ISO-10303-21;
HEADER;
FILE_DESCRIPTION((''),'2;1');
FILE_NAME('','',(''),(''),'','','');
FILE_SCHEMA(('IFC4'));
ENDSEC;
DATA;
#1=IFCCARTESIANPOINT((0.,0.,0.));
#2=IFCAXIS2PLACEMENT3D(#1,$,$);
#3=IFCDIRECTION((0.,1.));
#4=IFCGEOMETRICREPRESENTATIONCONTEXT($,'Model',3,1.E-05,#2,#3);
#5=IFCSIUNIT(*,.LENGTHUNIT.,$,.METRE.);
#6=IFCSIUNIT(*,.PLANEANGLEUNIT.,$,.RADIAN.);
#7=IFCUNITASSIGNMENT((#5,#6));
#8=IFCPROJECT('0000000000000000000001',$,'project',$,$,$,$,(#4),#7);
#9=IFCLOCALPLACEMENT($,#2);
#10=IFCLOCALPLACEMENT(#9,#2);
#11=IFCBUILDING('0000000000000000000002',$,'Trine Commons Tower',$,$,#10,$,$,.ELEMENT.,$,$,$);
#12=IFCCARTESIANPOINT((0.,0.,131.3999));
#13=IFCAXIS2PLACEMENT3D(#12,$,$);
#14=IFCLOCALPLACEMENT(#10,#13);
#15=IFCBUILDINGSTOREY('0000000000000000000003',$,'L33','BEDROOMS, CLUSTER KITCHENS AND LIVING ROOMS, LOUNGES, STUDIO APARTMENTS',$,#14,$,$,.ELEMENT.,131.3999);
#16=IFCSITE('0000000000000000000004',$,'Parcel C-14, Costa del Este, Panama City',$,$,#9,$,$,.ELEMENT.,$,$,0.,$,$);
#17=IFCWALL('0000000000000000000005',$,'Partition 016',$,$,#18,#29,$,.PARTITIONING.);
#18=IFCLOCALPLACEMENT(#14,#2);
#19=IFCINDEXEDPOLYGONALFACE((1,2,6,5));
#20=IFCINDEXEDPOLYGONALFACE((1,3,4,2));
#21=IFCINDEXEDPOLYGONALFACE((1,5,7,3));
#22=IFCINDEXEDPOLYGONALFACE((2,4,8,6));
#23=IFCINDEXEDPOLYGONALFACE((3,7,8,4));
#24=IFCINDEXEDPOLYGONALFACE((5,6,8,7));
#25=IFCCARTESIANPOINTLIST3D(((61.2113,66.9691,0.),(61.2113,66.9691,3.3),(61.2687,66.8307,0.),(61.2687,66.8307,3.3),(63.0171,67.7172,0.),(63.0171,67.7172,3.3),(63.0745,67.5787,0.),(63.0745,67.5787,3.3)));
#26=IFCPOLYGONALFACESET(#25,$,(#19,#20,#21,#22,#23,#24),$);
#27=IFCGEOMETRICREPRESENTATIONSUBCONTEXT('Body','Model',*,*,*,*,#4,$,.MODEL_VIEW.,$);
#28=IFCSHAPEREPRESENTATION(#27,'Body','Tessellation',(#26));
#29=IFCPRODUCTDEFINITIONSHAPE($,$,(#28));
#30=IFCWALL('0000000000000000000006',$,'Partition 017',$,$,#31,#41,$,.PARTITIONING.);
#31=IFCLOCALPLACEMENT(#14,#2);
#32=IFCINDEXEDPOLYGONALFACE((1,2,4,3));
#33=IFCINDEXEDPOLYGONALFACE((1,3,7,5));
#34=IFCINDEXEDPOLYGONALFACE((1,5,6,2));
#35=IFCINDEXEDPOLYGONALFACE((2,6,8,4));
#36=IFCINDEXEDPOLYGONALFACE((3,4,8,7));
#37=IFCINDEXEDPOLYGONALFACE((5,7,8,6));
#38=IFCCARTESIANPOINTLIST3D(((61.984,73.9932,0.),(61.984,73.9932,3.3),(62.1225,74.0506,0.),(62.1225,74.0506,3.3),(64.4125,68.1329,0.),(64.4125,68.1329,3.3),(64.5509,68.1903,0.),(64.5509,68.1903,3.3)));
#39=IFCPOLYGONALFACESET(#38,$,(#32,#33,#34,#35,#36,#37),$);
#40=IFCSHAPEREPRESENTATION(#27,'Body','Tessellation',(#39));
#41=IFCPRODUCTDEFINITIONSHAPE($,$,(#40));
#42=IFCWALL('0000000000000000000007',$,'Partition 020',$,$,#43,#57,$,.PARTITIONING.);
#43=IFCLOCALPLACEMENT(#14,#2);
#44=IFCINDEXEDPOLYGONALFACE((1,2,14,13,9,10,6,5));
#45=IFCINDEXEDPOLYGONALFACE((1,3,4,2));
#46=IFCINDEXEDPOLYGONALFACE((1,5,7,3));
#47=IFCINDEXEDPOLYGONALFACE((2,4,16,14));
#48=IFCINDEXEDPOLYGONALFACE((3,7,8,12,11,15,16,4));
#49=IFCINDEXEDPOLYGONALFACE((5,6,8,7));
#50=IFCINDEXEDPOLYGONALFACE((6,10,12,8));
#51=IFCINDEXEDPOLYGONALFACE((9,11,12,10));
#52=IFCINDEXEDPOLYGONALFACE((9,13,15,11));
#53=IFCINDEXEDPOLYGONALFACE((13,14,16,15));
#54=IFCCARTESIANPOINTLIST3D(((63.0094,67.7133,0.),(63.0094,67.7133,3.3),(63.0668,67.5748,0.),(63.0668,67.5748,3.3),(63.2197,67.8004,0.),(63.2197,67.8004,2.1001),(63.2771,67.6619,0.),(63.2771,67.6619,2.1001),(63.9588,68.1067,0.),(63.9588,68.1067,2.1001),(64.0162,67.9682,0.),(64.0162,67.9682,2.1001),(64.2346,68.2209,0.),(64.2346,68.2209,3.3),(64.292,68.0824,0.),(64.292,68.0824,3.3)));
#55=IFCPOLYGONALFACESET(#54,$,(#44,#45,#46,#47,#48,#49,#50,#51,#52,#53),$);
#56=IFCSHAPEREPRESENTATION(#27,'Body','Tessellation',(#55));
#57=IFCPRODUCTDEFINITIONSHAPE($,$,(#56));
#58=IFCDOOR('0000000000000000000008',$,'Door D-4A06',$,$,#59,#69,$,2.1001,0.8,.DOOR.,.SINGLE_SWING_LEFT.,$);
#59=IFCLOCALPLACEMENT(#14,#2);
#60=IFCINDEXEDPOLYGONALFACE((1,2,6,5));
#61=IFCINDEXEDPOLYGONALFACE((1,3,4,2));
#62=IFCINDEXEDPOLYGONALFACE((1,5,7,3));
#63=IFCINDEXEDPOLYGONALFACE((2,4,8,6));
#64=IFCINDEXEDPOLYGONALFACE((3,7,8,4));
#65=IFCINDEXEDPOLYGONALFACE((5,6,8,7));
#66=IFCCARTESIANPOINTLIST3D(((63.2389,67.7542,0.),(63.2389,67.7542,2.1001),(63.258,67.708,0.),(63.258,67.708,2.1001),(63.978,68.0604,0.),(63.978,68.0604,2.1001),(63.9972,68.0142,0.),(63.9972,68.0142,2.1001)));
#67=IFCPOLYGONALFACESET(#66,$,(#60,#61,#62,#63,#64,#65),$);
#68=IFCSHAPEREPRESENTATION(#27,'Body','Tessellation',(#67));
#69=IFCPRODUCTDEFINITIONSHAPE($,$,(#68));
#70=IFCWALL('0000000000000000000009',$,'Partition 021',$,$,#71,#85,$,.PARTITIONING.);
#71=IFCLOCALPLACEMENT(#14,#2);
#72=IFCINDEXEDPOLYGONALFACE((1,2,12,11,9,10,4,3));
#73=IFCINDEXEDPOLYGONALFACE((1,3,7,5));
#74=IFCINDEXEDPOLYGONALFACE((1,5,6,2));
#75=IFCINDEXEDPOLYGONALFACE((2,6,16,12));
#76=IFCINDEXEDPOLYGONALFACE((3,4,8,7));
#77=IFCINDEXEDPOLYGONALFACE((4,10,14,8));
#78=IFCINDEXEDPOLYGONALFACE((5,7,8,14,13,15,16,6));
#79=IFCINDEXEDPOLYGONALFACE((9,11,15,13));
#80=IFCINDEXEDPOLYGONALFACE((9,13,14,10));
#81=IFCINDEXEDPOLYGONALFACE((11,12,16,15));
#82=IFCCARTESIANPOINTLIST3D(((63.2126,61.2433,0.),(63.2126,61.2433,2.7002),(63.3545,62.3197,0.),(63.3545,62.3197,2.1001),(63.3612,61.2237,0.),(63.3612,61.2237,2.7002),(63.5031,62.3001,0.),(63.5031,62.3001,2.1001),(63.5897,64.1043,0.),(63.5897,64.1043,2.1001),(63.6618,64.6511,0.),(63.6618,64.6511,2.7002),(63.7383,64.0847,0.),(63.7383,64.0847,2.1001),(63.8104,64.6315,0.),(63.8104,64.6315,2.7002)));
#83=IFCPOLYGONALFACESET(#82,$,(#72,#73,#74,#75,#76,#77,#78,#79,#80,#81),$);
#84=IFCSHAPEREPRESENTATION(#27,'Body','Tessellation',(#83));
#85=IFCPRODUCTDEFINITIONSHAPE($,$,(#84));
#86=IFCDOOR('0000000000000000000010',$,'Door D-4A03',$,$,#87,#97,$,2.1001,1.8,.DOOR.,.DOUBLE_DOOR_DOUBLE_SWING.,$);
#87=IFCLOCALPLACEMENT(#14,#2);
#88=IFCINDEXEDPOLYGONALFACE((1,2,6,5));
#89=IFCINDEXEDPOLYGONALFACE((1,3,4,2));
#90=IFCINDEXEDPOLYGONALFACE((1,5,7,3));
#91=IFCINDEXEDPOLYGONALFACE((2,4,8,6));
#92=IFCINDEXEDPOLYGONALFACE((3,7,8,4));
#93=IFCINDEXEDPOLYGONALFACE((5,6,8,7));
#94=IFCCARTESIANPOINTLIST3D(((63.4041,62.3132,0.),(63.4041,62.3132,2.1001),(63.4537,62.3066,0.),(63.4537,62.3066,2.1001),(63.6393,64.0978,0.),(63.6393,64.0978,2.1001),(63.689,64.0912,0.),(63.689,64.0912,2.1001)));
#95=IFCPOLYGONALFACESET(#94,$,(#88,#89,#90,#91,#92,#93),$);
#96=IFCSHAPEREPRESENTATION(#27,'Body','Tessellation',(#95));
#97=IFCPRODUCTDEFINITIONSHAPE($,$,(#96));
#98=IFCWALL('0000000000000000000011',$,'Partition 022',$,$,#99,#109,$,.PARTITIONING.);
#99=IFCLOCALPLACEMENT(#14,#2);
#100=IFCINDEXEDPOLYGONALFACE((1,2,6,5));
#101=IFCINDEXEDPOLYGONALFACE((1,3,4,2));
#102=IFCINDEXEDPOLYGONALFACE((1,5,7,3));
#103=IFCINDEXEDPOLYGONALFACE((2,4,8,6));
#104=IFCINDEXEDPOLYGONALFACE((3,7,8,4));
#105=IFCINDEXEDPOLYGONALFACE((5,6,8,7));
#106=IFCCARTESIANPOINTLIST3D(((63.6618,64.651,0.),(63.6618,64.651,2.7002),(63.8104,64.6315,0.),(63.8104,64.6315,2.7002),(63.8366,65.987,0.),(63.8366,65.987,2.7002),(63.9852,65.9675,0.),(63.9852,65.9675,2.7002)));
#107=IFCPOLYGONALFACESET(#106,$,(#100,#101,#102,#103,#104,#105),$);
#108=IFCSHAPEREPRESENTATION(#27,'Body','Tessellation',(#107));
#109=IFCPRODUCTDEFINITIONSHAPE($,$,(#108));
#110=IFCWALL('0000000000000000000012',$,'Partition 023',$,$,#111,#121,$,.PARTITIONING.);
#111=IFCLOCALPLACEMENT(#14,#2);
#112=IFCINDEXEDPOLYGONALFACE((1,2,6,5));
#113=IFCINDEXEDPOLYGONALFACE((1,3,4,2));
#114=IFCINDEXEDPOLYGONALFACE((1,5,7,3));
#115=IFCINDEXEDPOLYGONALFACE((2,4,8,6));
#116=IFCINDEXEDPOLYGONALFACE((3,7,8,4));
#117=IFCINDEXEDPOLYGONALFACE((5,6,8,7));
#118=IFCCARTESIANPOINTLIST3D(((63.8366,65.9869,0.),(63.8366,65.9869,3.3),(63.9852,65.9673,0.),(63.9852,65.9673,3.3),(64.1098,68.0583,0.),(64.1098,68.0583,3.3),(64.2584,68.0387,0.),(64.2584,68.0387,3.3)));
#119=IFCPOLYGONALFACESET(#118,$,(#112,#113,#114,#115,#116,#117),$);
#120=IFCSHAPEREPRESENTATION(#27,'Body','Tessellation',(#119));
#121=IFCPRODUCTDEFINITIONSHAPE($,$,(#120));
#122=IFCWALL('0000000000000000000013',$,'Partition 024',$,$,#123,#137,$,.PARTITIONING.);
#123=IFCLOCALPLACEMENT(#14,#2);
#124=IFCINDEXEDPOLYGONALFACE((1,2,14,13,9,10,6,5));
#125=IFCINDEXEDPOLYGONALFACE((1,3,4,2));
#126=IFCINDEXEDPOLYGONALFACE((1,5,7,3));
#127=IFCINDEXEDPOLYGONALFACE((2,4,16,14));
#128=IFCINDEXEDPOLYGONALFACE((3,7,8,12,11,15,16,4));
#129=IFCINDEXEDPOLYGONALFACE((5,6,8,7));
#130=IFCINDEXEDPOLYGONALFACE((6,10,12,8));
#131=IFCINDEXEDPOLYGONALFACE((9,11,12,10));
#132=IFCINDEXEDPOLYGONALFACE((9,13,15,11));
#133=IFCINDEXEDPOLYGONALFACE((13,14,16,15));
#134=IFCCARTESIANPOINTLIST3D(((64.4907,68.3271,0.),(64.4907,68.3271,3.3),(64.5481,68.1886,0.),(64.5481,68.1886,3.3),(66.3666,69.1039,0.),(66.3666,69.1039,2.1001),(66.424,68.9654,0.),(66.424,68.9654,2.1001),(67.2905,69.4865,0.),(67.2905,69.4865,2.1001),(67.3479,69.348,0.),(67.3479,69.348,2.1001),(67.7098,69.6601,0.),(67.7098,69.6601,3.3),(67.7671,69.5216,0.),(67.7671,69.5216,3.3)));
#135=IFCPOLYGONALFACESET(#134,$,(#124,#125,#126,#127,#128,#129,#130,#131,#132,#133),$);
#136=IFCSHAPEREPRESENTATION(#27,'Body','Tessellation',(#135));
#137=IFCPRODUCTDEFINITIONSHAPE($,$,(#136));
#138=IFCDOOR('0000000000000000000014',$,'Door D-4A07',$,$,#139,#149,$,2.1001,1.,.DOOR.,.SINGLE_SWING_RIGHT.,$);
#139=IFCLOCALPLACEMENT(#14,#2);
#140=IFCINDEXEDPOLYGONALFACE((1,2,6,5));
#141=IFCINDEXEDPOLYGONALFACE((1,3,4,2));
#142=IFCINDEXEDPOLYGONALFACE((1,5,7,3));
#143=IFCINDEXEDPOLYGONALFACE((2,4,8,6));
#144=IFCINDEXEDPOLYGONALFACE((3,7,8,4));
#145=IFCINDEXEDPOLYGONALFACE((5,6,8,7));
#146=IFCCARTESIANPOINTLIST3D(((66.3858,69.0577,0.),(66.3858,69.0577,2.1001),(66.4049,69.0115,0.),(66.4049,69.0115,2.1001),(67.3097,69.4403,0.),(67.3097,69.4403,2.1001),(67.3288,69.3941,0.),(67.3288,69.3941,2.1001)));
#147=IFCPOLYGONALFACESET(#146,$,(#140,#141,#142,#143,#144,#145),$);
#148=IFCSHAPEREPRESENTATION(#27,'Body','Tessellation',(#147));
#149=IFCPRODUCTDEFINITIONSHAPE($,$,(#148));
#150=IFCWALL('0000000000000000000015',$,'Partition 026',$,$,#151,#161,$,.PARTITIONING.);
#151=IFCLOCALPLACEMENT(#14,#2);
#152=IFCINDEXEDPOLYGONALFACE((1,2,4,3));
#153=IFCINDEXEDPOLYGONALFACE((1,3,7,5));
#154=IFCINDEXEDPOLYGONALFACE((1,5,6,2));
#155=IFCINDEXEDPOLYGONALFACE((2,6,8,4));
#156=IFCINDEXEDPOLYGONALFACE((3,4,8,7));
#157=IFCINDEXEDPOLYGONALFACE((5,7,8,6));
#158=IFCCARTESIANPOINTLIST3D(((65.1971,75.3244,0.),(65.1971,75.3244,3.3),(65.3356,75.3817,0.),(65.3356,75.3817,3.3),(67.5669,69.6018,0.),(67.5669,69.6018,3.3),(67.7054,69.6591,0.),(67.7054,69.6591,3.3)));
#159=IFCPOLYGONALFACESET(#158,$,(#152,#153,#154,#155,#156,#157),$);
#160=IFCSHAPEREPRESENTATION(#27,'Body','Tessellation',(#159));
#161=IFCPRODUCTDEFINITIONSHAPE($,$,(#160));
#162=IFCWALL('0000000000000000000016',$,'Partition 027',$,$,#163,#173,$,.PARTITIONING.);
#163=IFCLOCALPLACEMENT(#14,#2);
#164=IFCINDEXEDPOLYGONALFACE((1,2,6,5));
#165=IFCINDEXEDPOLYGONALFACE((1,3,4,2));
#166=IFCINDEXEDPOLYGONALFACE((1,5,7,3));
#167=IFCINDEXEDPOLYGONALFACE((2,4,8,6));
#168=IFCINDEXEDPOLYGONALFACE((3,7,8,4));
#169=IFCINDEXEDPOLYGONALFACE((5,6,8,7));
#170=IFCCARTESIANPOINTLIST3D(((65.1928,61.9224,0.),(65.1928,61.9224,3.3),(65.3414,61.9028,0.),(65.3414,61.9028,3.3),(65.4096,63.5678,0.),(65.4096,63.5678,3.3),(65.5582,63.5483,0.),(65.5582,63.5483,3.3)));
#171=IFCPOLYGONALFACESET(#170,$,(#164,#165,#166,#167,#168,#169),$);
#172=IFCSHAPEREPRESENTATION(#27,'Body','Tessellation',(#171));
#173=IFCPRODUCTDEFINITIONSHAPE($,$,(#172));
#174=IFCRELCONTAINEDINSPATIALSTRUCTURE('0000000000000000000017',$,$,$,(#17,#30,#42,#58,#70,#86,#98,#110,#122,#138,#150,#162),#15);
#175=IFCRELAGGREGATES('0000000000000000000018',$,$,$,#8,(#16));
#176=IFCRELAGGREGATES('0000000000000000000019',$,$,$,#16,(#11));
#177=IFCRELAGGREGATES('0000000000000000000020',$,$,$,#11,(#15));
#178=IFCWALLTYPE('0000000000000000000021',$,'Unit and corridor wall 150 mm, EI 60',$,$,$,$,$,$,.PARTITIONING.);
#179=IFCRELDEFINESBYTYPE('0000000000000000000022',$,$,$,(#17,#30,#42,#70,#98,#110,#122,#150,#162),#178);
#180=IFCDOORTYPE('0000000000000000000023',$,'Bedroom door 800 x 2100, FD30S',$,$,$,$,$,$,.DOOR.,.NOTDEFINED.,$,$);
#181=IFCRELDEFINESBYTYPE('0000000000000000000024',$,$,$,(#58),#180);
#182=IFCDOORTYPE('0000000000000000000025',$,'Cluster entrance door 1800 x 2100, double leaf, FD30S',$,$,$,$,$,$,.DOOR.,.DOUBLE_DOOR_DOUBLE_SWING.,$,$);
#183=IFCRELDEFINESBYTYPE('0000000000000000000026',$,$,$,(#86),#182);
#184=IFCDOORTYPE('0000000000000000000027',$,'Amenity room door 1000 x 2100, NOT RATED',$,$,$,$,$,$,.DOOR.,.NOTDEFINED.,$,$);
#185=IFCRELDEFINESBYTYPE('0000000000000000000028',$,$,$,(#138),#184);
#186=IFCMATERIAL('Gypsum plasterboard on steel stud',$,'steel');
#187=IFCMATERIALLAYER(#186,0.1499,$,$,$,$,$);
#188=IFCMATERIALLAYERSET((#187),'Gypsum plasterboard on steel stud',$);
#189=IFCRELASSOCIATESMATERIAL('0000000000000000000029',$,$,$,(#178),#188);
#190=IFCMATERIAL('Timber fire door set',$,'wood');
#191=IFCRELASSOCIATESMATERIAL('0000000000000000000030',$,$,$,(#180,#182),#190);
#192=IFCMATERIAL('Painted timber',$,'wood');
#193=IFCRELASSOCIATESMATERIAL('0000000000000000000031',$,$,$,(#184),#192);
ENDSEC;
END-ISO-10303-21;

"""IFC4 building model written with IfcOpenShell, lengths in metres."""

from ifc_helpers import new_model, si_unit, direction, frame, frame_2d, origin, place, context, subcontext, project, spatial, rectangle, extrude, material, layer, layer_set, type_object, element, fill, save


model = new_model("IFC4")

# Units and contexts
model_context = context("Model", 3, precision=1e-05, world=origin(), true_north=direction((0.0, 1.0)))
body_context = subcontext(model_context, "Body", "Model", "MODEL_VIEW")
ifc_project = project(units=[si_unit("LENGTHUNIT", "METRE"), si_unit("PLANEANGLEUNIT", "RADIAN")], contexts=[model_context])

# Site, building, storey
site_placement = place(None, origin())
site = spatial("IfcSite", under=ifc_project, at=site_placement, Name="Parcel C-14, Costa del Este, Panama City", CompositionType="ELEMENT", RefElevation=0.0)
building_placement = place(site_placement, origin())
building = spatial("IfcBuilding", under=site, at=building_placement, Name="Trine Commons Tower", CompositionType="ELEMENT")
storey_placement = place(building_placement, frame((0.0, 0.0, 131.3999)))
storey = spatial("IfcBuildingStorey", under=building, at=storey_placement, Name="L33", Description="BEDROOMS, CLUSTER KITCHENS AND LIVING ROOMS, LOUNGES, STUDIO APARTMENTS", CompositionType="ELEMENT", Elevation=131.3999)

# Shared definitions
ifc_material_1 = material(Name="Gypsum plasterboard on steel stud", Category="steel")
ifc_layer_1 = layer(ifc_material_1, 0.1499)
ifc_layer_set_1 = layer_set([ifc_layer_1], Name="Gypsum plasterboard on steel stud")
wall_type_1 = type_object("IfcWallType", Name="Unit and corridor wall 150 mm, EI 60", PredefinedType="PARTITIONING", material=ifc_layer_set_1)
ifc_material_2 = material(Name="Timber fire door set", Category="wood")

# Walls
wall_1_placement = place(storey_placement, frame((61.24, 66.8999, 0.0), z_axis=(0.0, 0.0, 1.0), x_axis=(0.923877, 0.38269, 0.0)))
element("IfcWall", 1, at=wall_1_placement, inside=storey, type_object=wall_type_1, Name="Partition 016", PredefinedType="PARTITIONING", context=body_context, shape_type="SweptSolid", body=[
    extrude(rectangle(XDim=1.9546, YDim=0.1499, at=frame_2d((0.9773, 0.0))), origin(), (0.0, 0.0, 1.0), 3.3),
])
wall_2_placement = place(storey_placement, frame((62.0532, 74.022, 0.0), z_axis=(0.0, 0.0, 1.0), x_axis=(0.382822, -0.923822, 0.0)))
element("IfcWall", 2, at=wall_2_placement, inside=storey, type_object=wall_type_1, Name="Partition 017", PredefinedType="PARTITIONING", context=body_context, shape_type="SweptSolid", body=[
    extrude(rectangle(XDim=6.3435, YDim=0.1499, at=frame_2d((3.1719, 0.0))), origin(), (0.0, 0.0, 1.0), 3.3),
])

# Walls, openings, doors
wall_3_placement = place(storey_placement, frame((63.0381, 67.644, 0.0), z_axis=(0.0, 0.0, 1.0), x_axis=(0.923849, 0.382758, 0.0)))
wall_3 = element("IfcWall", 3, at=wall_3_placement, inside=storey, type_object=wall_type_1, Name="Partition 020", PredefinedType="PARTITIONING", context=body_context, shape_type="SweptSolid", body=[
    extrude(rectangle(XDim=1.3262, YDim=0.1499, at=frame_2d((0.6631, 0.0))), origin(), (0.0, 0.0, 1.0), 3.3),
])
opening_1_placement = place(wall_3_placement, frame((0.2278, 0.0, 0.0)))
opening_1 = element("IfcOpeningElement", 4, at=opening_1_placement, cuts=wall_3, PredefinedType="OPENING", context=body_context, shape_type="SweptSolid", body=[
    extrude(rectangle(XDim=0.8, YDim=2.1001, at=frame_2d((0.3999, 1.05))), frame((0.0, 0.085, 0.0), z_axis=(0.0, -1.0, 0.0), x_axis=(1.0, 0.0, 0.0)), (0.0, 0.0, 1.0), 0.1699),
])
door_type_1 = type_object("IfcDoorType", Name="Bedroom door 800 x 2100, FD30S", OperationType="NOTDEFINED", PredefinedType="DOOR", material=ifc_material_2)
door_1_placement = place(opening_1_placement, origin())
door_1 = element("IfcDoor", 5, at=door_1_placement, inside=storey, type_object=door_type_1, Name="Door D-4A06", OperationType="SINGLE_SWING_LEFT", OverallHeight=2.1001, OverallWidth=0.8, PredefinedType="DOOR", context=body_context, shape_type="SweptSolid", body=[
    extrude(rectangle(XDim=0.8, YDim=2.1001, at=frame_2d((0.3999, 1.05))), frame((0.0, 0.0249, 0.0), z_axis=(0.0, -1.0, 0.0), x_axis=(1.0, 0.0, 0.0)), (0.0, 0.0, 1.0), 0.05),
])
fill(opening_1, door_1)
wall_4_placement = place(storey_placement, frame((63.2869, 61.2334, 0.0), z_axis=(0.0, 0.0, 1.0), x_axis=(0.130693, 0.991423, 0.0)))
wall_4 = element("IfcWall", 6, at=wall_4_placement, inside=storey, type_object=wall_type_1, Name="Partition 021", PredefinedType="PARTITIONING", context=body_context, shape_type="SweptSolid", body=[
    extrude(rectangle(XDim=3.4373, YDim=0.1499, at=frame_2d((1.7188, 0.0))), origin(), (0.0, 0.0, 1.0), 2.7002),
])
opening_2_placement = place(wall_4_placement, frame((1.0859, 0.0, 0.0)))
opening_2 = element("IfcOpeningElement", 7, at=opening_2_placement, cuts=wall_4, PredefinedType="OPENING", context=body_context, shape_type="SweptSolid", body=[
    extrude(rectangle(XDim=1.8, YDim=2.1001, at=frame_2d((0.8999, 1.05))), frame((0.0, 0.085, 0.0), z_axis=(0.0, -1.0, 0.0), x_axis=(1.0, 0.0, 0.0)), (0.0, 0.0, 1.0), 0.1699),
])
door_type_2 = type_object("IfcDoorType", Name="Cluster entrance door 1800 x 2100, double leaf, FD30S", OperationType="DOUBLE_DOOR_DOUBLE_SWING", PredefinedType="DOOR", material=ifc_material_2)
door_2_placement = place(opening_2_placement, origin())
door_2 = element("IfcDoor", 8, at=door_2_placement, inside=storey, type_object=door_type_2, Name="Door D-4A03", OperationType="DOUBLE_DOOR_DOUBLE_SWING", OverallHeight=2.1001, OverallWidth=1.8, PredefinedType="DOOR", context=body_context, shape_type="SweptSolid", body=[
    extrude(rectangle(XDim=1.8, YDim=2.1001, at=frame_2d((0.8999, 1.05))), frame((0.0, 0.0249, 0.0), z_axis=(0.0, -1.0, 0.0), x_axis=(1.0, 0.0, 0.0)), (0.0, 0.0, 1.0), 0.05),
])
fill(opening_2, door_2)

# Walls
wall_5_placement = place(storey_placement, frame((63.7361, 64.6411, 0.0), z_axis=(0.0, 0.0, 1.0), x_axis=(0.129742, 0.991548, 0.0)))
element("IfcWall", 9, at=wall_5_placement, inside=storey, type_object=wall_type_1, Name="Partition 022", PredefinedType="PARTITIONING", context=body_context, shape_type="SweptSolid", body=[
    extrude(rectangle(XDim=1.3474, YDim=0.1499, at=frame_2d((0.6738, 0.0))), origin(), (0.0, 0.0, 1.0), 2.7002),
])
wall_6_placement = place(storey_placement, frame((63.9109, 65.9771, 0.0), z_axis=(0.0, 0.0, 1.0), x_axis=(0.130748, 0.991416, 0.0)))
element("IfcWall", 10, at=wall_6_placement, inside=storey, type_object=wall_type_1, Name="Partition 023", PredefinedType="PARTITIONING", context=body_context, shape_type="SweptSolid", body=[
    extrude(rectangle(XDim=2.0894, YDim=0.1499, at=frame_2d((1.0447, 0.0))), origin(), (0.0, 0.0, 1.0), 3.3),
])

# Wall, opening, door
wall_7_placement = place(storey_placement, frame((64.5193, 68.2578, 0.0), z_axis=(0.0, 0.0, 1.0), x_axis=(0.923914, 0.382599, 0.0)))
wall_7 = element("IfcWall", 11, at=wall_7_placement, inside=storey, type_object=wall_type_1, Name="Partition 024", PredefinedType="PARTITIONING", context=body_context, shape_type="SweptSolid", body=[
    extrude(rectangle(XDim=3.4841, YDim=0.1499, at=frame_2d((1.7422, 0.0))), origin(), (0.0, 0.0, 1.0), 3.3),
])
opening_3_placement = place(wall_7_placement, frame((2.0305, 0.0, 0.0)))
opening_3 = element("IfcOpeningElement", 12, at=opening_3_placement, cuts=wall_7, PredefinedType="OPENING", context=body_context, shape_type="SweptSolid", body=[
    extrude(rectangle(XDim=1.0, YDim=2.1001, at=frame_2d((0.5, 1.05))), frame((0.0, 0.085, 0.0), z_axis=(0.0, -1.0, 0.0), x_axis=(1.0, 0.0, 0.0)), (0.0, 0.0, 1.0), 0.1699),
])
ifc_material_3 = material(Name="Painted timber", Category="wood")
door_type_3 = type_object("IfcDoorType", Name="Amenity room door 1000 x 2100, NOT RATED", OperationType="NOTDEFINED", PredefinedType="DOOR", material=ifc_material_3)
door_3_placement = place(opening_3_placement, origin())
door_3 = element("IfcDoor", 13, at=door_3_placement, inside=storey, type_object=door_type_3, Name="Door D-4A07", OperationType="SINGLE_SWING_RIGHT", OverallHeight=2.1001, OverallWidth=1.0, PredefinedType="DOOR", context=body_context, shape_type="SweptSolid", body=[
    extrude(rectangle(XDim=1.0, YDim=2.1001, at=frame_2d((0.5, 1.05))), frame((0.0, 0.0249, 0.0), z_axis=(0.0, -1.0, 0.0), x_axis=(1.0, 0.0, 0.0)), (0.0, 0.0, 1.0), 0.05),
])
fill(opening_3, door_3)

# Walls
wall_8_placement = place(storey_placement, frame((65.2664, 75.353, 0.0), z_axis=(0.0, 0.0, 1.0), x_axis=(0.382611, -0.92391, 0.0)))
element("IfcWall", 14, at=wall_8_placement, inside=storey, type_object=wall_type_1, Name="Partition 026", PredefinedType="PARTITIONING", context=body_context, shape_type="SweptSolid", body=[
    extrude(rectangle(XDim=6.1938, YDim=0.1499, at=frame_2d((3.0969, 0.0))), origin(), (0.0, 0.0, 1.0), 3.3),
])
wall_9_placement = place(storey_placement, frame((65.2671, 61.9126, 0.0), z_axis=(0.0, 0.0, 1.0), x_axis=(0.130622, 0.991432, 0.0)))
element("IfcWall", 15, at=wall_9_placement, inside=storey, type_object=wall_type_1, Name="Partition 027", PredefinedType="PARTITIONING", context=body_context, shape_type="SweptSolid", body=[
    extrude(rectangle(XDim=1.6597, YDim=0.1499, at=frame_2d((0.8298, 0.0))), origin(), (0.0, 0.0, 1.0), 3.3),
])

save(model, "model.ifc")
